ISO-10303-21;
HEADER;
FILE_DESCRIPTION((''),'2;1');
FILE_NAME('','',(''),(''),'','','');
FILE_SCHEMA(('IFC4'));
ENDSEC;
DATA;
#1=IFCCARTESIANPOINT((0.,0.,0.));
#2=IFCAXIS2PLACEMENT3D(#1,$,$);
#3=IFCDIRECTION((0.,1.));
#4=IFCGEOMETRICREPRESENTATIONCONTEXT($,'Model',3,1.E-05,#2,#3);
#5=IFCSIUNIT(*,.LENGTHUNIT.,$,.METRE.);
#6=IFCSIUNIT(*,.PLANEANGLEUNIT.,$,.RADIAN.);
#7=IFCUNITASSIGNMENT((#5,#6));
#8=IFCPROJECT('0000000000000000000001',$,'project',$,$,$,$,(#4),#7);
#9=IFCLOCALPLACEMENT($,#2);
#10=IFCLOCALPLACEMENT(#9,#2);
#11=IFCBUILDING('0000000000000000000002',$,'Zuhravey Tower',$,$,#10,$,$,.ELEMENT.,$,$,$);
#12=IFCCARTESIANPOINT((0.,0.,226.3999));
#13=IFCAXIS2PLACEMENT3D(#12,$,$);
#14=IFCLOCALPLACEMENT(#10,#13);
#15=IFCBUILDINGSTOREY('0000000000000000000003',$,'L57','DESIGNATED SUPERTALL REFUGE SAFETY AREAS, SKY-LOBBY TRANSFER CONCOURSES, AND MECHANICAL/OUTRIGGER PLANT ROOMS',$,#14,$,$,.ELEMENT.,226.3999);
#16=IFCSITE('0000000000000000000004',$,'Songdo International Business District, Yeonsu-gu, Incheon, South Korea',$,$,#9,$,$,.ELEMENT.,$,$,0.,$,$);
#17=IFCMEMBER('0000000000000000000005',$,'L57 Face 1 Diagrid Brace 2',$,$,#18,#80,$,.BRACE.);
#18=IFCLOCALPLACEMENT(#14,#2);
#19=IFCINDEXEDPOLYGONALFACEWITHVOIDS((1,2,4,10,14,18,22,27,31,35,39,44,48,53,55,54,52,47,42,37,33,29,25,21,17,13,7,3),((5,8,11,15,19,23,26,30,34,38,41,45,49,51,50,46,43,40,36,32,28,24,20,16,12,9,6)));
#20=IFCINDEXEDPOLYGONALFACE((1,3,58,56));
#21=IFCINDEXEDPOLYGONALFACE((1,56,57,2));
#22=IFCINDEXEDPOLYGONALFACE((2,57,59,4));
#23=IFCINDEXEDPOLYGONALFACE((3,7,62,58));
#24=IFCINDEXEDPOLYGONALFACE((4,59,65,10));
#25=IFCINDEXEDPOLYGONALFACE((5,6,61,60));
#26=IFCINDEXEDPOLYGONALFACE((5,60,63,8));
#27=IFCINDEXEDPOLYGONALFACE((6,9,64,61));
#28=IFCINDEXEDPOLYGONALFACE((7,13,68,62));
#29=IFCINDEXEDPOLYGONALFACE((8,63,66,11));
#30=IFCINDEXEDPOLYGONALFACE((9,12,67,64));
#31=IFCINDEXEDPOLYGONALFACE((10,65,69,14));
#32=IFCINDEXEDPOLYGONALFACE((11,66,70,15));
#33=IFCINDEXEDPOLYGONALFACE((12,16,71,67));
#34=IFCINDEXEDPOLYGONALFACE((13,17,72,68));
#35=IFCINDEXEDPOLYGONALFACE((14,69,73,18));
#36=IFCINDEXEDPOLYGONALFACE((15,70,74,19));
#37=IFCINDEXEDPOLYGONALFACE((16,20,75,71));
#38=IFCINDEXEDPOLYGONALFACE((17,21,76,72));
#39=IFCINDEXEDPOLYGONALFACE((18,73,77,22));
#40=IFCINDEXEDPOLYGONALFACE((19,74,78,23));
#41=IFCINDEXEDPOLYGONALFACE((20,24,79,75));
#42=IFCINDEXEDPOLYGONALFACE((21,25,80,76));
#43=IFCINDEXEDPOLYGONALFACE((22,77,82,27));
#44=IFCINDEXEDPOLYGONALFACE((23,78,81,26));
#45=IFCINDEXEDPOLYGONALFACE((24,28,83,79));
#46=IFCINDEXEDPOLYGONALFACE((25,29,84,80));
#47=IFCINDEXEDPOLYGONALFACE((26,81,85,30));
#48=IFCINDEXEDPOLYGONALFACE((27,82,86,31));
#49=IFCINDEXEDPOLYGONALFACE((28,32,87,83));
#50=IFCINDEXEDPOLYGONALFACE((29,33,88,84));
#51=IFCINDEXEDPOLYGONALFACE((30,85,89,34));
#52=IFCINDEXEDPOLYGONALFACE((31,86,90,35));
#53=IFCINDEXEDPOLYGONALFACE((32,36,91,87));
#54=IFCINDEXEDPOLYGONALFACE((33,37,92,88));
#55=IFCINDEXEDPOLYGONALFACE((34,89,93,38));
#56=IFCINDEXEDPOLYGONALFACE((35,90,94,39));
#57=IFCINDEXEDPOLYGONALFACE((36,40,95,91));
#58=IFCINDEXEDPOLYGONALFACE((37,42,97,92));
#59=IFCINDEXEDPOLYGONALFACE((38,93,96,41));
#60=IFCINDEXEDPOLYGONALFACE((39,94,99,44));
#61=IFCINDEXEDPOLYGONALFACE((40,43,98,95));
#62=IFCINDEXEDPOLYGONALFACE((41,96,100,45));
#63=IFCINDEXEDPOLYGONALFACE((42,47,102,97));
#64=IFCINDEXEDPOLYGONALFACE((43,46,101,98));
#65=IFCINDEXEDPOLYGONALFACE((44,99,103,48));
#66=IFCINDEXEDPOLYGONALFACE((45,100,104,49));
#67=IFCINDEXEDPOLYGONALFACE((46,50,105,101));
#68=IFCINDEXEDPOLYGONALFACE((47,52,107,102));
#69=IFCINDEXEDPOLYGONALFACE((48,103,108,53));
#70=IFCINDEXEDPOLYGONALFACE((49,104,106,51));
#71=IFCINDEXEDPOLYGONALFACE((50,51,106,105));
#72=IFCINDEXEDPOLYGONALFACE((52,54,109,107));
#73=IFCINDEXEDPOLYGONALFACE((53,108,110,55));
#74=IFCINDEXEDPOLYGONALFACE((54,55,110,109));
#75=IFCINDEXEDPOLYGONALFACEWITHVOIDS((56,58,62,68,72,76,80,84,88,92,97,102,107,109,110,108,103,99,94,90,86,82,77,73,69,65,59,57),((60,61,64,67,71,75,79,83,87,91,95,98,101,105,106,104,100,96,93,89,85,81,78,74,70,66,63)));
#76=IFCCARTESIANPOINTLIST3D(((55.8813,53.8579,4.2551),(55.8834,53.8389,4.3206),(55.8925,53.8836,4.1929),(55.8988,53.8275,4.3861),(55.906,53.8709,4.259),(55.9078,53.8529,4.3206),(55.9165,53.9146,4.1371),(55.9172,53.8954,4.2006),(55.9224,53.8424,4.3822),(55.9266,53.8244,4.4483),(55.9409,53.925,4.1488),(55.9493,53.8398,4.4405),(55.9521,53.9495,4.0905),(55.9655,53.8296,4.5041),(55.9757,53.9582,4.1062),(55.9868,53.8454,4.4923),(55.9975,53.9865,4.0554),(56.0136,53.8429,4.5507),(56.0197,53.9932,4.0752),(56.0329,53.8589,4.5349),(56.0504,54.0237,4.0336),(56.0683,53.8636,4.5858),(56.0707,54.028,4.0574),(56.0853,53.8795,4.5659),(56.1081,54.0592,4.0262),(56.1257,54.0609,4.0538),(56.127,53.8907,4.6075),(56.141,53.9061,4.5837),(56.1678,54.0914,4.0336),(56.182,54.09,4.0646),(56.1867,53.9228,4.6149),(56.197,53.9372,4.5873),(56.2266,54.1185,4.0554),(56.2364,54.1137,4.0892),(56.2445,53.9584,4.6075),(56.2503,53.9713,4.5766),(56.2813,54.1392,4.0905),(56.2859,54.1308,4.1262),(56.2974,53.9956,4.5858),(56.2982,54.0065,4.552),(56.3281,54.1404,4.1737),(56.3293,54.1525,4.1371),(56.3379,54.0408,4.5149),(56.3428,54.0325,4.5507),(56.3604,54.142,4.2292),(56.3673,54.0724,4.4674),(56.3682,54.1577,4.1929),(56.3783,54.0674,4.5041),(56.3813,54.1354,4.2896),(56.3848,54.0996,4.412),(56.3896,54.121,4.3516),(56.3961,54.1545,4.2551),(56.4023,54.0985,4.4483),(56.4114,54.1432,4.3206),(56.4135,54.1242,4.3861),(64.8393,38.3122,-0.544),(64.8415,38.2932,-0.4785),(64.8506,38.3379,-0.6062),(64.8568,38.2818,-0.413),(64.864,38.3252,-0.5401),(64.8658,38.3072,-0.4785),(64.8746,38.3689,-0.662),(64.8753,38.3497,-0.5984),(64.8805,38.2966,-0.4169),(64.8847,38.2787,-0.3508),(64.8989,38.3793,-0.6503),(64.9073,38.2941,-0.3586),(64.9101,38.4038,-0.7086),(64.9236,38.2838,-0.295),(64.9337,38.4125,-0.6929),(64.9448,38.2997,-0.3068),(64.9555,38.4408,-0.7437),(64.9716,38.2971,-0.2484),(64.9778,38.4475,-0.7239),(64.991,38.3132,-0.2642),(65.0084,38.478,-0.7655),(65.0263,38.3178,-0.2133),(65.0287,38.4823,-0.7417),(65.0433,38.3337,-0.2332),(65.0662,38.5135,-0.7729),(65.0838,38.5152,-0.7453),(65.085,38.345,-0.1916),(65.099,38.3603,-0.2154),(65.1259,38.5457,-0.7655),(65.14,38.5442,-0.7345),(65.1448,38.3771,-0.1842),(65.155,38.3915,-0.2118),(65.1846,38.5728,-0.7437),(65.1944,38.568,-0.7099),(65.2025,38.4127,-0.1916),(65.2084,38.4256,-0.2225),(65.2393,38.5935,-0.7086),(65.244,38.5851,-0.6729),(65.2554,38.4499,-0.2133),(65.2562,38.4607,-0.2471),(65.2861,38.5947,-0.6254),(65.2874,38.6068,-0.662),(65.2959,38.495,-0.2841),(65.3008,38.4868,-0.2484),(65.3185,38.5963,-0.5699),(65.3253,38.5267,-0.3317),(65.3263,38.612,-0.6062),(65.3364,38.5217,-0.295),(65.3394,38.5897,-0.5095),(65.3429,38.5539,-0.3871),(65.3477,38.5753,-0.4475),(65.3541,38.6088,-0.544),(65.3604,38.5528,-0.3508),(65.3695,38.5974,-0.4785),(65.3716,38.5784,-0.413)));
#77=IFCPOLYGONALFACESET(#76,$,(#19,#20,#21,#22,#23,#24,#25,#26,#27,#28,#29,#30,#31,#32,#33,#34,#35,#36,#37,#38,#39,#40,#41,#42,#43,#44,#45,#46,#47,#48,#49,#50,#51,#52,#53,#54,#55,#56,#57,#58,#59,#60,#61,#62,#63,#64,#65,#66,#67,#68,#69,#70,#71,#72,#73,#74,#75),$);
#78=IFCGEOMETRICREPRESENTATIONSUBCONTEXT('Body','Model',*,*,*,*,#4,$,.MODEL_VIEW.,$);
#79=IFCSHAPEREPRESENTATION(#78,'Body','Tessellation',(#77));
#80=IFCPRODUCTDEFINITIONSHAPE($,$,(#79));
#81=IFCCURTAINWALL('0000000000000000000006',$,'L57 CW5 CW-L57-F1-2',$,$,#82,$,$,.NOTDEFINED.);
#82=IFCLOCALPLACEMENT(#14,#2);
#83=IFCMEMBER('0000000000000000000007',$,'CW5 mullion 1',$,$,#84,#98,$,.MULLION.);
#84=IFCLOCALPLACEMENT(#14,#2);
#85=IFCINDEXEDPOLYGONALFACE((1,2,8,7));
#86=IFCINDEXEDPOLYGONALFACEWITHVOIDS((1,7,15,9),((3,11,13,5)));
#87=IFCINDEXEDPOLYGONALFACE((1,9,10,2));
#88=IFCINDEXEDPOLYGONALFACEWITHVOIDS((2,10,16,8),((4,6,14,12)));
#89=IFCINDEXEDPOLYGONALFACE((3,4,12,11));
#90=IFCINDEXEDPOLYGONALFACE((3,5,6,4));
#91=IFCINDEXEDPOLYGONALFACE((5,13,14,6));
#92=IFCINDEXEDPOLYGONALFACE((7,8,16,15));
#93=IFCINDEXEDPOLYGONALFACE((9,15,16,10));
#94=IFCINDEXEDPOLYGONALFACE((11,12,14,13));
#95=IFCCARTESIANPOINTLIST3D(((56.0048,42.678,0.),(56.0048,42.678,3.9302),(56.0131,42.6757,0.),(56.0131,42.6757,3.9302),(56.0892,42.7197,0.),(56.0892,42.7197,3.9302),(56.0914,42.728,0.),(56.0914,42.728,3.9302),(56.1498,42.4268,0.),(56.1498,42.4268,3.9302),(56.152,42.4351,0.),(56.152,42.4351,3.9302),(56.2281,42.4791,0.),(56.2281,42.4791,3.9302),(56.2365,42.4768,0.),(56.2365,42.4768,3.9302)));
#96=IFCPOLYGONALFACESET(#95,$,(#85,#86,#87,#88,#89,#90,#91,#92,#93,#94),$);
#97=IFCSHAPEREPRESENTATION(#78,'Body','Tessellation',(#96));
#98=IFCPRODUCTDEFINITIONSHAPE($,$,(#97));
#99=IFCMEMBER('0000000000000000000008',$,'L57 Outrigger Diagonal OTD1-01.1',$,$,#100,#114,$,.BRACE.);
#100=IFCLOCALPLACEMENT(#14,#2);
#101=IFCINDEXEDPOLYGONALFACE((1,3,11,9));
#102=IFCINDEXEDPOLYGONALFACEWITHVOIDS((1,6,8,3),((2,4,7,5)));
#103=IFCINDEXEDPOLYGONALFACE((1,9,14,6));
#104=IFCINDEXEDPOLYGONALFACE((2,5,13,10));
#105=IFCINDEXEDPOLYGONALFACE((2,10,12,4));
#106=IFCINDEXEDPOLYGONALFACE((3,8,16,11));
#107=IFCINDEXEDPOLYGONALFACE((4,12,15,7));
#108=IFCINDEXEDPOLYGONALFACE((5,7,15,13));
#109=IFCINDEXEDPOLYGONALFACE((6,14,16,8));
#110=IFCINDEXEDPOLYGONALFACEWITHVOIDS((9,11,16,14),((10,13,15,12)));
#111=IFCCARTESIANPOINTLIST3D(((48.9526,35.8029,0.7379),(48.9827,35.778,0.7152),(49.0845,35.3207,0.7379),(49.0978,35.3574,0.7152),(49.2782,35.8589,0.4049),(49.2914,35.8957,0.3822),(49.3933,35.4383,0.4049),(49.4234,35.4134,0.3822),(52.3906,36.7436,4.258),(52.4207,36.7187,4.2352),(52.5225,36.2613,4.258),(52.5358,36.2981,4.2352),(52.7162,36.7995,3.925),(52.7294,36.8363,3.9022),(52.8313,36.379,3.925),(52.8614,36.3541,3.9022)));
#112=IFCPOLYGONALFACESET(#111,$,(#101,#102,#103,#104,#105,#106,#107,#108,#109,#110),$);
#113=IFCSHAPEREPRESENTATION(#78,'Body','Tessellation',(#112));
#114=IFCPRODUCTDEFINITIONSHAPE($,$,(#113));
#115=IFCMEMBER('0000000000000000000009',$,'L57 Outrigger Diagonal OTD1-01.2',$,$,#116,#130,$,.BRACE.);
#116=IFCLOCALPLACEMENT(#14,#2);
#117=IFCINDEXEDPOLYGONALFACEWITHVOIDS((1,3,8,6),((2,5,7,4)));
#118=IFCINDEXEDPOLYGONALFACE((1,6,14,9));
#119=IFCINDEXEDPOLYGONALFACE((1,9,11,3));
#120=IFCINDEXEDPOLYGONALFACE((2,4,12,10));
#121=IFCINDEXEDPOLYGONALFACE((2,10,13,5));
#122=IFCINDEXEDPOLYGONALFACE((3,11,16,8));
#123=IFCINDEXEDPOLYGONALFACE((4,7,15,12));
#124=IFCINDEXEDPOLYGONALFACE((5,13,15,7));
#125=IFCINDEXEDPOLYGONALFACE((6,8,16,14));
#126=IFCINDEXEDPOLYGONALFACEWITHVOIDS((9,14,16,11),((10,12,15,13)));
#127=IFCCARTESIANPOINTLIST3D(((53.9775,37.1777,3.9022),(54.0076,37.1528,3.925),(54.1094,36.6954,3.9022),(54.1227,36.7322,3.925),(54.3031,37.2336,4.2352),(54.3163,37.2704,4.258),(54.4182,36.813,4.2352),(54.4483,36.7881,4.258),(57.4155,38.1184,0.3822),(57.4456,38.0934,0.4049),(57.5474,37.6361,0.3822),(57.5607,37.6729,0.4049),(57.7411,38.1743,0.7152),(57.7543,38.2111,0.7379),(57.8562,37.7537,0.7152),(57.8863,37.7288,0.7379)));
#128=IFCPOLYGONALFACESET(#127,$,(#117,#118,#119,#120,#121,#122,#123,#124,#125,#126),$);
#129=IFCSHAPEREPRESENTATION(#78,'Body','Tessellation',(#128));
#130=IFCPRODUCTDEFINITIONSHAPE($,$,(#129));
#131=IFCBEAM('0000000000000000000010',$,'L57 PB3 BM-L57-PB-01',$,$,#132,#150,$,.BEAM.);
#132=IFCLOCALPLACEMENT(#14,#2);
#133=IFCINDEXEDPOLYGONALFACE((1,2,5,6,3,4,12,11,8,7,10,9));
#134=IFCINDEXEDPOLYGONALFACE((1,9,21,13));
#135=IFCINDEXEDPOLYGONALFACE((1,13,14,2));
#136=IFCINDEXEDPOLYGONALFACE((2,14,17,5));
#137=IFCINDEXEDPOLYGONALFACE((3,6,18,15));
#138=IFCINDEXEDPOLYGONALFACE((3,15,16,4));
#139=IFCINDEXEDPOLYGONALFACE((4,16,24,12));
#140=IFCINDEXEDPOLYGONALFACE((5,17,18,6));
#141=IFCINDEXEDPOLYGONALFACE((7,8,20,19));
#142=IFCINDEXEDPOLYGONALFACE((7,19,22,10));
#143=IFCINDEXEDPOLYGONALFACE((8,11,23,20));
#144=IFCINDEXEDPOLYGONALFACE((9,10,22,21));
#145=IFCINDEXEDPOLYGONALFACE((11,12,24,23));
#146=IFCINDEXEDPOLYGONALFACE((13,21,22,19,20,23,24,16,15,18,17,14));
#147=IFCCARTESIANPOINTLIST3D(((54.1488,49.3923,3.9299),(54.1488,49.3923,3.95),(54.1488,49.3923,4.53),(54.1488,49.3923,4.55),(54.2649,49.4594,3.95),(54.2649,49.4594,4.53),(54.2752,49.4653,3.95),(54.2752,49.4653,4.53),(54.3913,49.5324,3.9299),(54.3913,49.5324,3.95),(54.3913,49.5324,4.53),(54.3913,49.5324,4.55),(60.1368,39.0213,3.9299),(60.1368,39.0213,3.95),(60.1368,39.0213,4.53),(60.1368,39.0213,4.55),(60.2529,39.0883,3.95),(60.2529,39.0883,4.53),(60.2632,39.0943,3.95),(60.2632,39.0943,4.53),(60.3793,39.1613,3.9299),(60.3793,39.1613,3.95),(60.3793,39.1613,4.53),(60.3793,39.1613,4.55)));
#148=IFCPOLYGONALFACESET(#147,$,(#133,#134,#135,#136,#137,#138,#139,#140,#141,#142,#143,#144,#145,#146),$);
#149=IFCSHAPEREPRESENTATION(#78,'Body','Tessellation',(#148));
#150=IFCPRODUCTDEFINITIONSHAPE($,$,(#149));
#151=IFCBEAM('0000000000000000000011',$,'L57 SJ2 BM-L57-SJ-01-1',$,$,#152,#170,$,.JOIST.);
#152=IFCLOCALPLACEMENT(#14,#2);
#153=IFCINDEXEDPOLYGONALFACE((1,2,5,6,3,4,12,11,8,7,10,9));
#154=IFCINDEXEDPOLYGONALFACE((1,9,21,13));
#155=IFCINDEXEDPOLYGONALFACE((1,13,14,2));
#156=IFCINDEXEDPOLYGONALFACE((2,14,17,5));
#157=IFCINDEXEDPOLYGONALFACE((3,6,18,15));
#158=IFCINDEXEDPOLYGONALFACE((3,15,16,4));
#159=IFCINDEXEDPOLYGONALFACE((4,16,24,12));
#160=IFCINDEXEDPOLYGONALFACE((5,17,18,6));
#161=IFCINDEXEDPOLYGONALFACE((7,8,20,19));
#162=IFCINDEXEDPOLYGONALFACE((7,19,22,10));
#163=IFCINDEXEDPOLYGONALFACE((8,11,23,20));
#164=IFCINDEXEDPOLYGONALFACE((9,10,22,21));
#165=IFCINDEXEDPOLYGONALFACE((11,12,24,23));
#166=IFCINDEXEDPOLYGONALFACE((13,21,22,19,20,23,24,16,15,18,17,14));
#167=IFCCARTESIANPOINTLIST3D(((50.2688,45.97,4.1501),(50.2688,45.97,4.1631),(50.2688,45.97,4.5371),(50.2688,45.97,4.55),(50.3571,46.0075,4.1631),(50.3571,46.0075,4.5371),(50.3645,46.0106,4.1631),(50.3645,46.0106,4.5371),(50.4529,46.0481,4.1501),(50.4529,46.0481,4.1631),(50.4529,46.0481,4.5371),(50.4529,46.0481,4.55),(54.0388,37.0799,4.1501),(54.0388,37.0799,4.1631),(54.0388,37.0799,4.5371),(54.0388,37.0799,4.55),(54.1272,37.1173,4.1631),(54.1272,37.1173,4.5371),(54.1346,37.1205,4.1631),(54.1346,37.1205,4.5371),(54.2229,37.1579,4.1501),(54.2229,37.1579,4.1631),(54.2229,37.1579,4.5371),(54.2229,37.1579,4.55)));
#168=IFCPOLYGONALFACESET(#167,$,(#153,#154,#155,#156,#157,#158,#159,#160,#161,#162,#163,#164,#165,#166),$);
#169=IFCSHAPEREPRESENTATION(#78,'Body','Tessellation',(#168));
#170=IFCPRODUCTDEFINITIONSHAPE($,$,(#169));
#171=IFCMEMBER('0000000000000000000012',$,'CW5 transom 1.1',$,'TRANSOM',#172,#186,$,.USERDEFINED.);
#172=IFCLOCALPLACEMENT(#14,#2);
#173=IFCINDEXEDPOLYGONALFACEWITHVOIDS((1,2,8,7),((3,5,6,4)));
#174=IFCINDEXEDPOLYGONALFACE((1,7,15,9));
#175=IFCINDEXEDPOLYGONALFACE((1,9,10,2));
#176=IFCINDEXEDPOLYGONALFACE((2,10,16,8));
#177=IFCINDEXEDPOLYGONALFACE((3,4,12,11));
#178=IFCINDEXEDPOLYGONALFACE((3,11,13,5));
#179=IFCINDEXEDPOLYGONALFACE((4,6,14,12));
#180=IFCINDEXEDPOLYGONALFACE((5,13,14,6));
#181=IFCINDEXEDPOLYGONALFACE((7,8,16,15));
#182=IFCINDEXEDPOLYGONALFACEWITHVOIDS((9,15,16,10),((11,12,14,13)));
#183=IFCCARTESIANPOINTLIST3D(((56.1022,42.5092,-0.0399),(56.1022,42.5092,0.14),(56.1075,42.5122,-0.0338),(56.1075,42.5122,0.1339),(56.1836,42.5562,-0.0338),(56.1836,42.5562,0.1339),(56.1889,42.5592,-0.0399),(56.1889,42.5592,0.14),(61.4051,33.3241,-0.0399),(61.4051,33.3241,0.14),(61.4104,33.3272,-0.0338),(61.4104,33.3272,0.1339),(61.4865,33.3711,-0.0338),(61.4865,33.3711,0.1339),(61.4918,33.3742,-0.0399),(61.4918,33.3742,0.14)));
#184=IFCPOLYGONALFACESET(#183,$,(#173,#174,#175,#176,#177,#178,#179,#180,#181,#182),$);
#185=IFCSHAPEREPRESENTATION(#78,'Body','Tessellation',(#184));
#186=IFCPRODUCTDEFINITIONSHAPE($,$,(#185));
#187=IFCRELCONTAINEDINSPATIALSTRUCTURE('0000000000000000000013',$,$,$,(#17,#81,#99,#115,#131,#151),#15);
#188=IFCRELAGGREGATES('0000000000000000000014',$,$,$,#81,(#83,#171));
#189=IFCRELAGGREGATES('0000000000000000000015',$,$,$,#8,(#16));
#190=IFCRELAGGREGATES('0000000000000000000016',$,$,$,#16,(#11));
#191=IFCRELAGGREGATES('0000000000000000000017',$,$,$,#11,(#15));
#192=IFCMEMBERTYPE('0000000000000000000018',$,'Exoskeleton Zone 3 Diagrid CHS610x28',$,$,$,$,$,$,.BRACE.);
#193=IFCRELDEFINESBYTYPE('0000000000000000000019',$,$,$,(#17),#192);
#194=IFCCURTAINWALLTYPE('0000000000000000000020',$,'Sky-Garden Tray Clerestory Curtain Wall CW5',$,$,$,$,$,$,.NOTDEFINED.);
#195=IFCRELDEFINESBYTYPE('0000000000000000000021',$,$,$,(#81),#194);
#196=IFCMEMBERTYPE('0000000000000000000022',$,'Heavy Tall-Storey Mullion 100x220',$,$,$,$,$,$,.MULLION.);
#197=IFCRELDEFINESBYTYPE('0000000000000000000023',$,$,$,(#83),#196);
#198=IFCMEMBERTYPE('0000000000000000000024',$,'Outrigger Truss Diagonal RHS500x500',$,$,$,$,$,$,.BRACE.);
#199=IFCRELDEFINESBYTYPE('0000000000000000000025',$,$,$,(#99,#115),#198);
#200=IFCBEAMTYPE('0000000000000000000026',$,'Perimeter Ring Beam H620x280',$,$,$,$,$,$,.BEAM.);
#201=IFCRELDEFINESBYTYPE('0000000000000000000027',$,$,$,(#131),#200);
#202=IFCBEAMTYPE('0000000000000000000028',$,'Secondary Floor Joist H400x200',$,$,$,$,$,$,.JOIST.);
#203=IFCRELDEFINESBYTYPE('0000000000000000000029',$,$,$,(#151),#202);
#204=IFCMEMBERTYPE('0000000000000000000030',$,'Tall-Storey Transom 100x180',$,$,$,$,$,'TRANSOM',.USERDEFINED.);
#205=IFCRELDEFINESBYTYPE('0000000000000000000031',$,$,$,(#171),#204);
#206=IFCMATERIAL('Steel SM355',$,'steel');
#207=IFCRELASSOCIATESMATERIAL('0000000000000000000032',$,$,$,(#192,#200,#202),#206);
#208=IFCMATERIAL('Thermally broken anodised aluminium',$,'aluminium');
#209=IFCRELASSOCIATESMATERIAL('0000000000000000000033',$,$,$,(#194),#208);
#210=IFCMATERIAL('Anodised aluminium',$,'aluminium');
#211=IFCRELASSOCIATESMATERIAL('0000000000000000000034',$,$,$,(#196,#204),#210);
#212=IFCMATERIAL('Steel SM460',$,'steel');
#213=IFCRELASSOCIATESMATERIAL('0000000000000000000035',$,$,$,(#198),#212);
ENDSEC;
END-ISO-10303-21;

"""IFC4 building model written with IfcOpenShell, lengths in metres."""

from ifc_helpers import new_model, si_unit, direction, frame, origin, origin_2d, place, context, subcontext, project, spatial, hollow_rectangle, hollow_circle, i_section, extrude, material, material_profile, profile_set, type_object, element, aggregate, save


model = new_model("IFC4")

# Units and contexts
model_context = context("Model", 3, precision=1e-05, world=origin(), true_north=direction((0.0, 1.0)))
body_context = subcontext(model_context, "Body", "Model", "MODEL_VIEW")
ifc_project = project(units=[si_unit("LENGTHUNIT", "METRE"), si_unit("PLANEANGLEUNIT", "RADIAN")], contexts=[model_context])

# Site, building, storey
site_placement = place(None, origin())
site = spatial("IfcSite", under=ifc_project, at=site_placement, Name="Songdo International Business District, Yeonsu-gu, Incheon, South Korea", CompositionType="ELEMENT", RefElevation=0.0)
building_placement = place(site_placement, origin())
building = spatial("IfcBuilding", under=site, at=building_placement, Name="Zuhravey Tower", CompositionType="ELEMENT")
storey_placement = place(building_placement, frame((0.0, 0.0, 226.3999)))
storey = spatial("IfcBuildingStorey", under=building, at=storey_placement, Name="L57", Description="DESIGNATED SUPERTALL REFUGE SAFETY AREAS, SKY-LOBBY TRANSFER CONCOURSES, AND MECHANICAL/OUTRIGGER PLANT ROOMS", CompositionType="ELEMENT", Elevation=226.3999)

# Shared definitions
ifc_material_1 = material(Name="Steel SM355", Category="steel")

# Shared definitions
ifc_material_2 = material(Name="Steel SM460", Category="steel")

# Member
ifc_material_profile_1 = material_profile(ifc_material_1, hollow_circle(Radius=0.3047, WallThickness=0.0281, at=origin_2d()), Name="CHS-609.6x28")
ifc_profile_set_1 = profile_set([ifc_material_profile_1], Name="Steel SM355")
member_type_1 = type_object("IfcMemberType", Name="Exoskeleton Zone 3 Diagrid CHS610x28", PredefinedType="BRACE", material=ifc_profile_set_1)
member_1_placement = place(storey_placement, frame((65.1055, 38.4453, -0.4785), z_axis=(-0.482322, 0.837017, 0.258394), x_axis=(-0.866442, -0.499278, 0.0)))
element("IfcMember", 1, at=member_1_placement, inside=storey, type_object=member_type_1, Name="L57 Face 1 Diagrid Brace 2", PredefinedType="BRACE", context=body_context, shape_type="SweptSolid", body=[
    extrude(hollow_circle(Radius=0.3047, WallThickness=0.0281, at=origin_2d()), origin(), (0.0, 0.0, 1.0), 18.5728),
])

# Curtain wall, member
ifc_material_3 = material(Name="Thermally broken anodised aluminium", Category="aluminium")
curtain_wall_type = type_object("IfcCurtainWallType", Name="Sky-Garden Tray Clerestory Curtain Wall CW5", PredefinedType="NOTDEFINED", material=ifc_material_3)
curtain_wall_placement = place(storey_placement, origin())
curtain_wall = element("IfcCurtainWall", 2, at=curtain_wall_placement, inside=storey, type_object=curtain_wall_type, Name="L57 CW5 CW-L57-F1-2", PredefinedType="NOTDEFINED")
ifc_material_4 = material(Name="Anodised aluminium", Category="aluminium")
ifc_material_profile_2 = material_profile(ifc_material_4, hollow_rectangle(XDim=0.1001, YDim=0.29, WallThickness=0.0061, at=origin_2d()), Name="ALU-RHS-100x290x6")
ifc_profile_set_2 = profile_set([ifc_material_profile_2], Name="Anodised aluminium")
member_type_2 = type_object("IfcMemberType", Name="Heavy Tall-Storey Mullion 100x220", PredefinedType="MULLION", material=ifc_profile_set_2)
member_2_placement = place(storey_placement, frame((56.1206, 42.5774, 0.0), z_axis=(0.0, 0.0, 1.0), x_axis=(0.866028, 0.499996, 0.0)))
member_2 = element("IfcMember", 3, at=member_2_placement, type_object=member_type_2, Name="CW5 mullion 1", PredefinedType="MULLION", context=body_context, shape_type="SweptSolid", body=[
    extrude(hollow_rectangle(XDim=0.1001, YDim=0.29, WallThickness=0.0061, at=origin_2d()), origin(), (0.0, 0.0, 1.0), 3.9302),
])

# Members
ifc_material_profile_3 = material_profile(ifc_material_2, hollow_rectangle(XDim=0.5, YDim=0.5, WallThickness=0.032, at=origin_2d()), Name="RHS-500x500x32")
ifc_profile_set_3 = profile_set([ifc_material_profile_3], Name="Steel SM460")
member_type_3 = type_object("IfcMemberType", Name="Outrigger Truss Diagonal RHS500x500", PredefinedType="BRACE", material=ifc_profile_set_3)
for number, where, z_axis, x_axis, name in (
    (4, (49.188, 35.6082, 0.5601), (0.686293, 0.187778, 0.702668), (-0.263911, 0.964547, 0.0), "L57 Outrigger Diagonal OTD1-01.1"),
    (5, (57.6509, 37.9236, 0.5601), (-0.686293, -0.187778, 0.702668), (0.263911, -0.964547, 0.0), "L57 Outrigger Diagonal OTD1-01.2"),
):
    element("IfcMember", number, at=place(storey_placement, frame(where, z_axis=z_axis, x_axis=x_axis)), inside=storey, type_object=member_type_3, Name=name, PredefinedType="BRACE", context=body_context, shape_type="SweptSolid", body=[
        extrude(hollow_rectangle(XDim=0.5, YDim=0.5, WallThickness=0.032, at=origin_2d()), origin(), (0.0, 0.0, 1.0), 5.0095),
    ])

# Beams
ifc_material_profile_4 = material_profile(ifc_material_1, i_section(OverallWidth=0.28, OverallDepth=0.6201, WebThickness=0.012, FlangeThickness=0.02, at=origin_2d()), Name="H-620x280x12x20")
ifc_profile_set_4 = profile_set([ifc_material_profile_4], Name="Steel SM355")
beam_type_1 = type_object("IfcBeamType", Name="Perimeter Ring Beam H620x280", PredefinedType="BEAM", material=ifc_profile_set_4)
beam_1_placement = place(storey_placement, frame((60.2581, 39.0913, 4.24), z_axis=(-0.500018, 0.866015, 0.0), x_axis=(-0.866015, -0.500018, 0.0)))
element("IfcBeam", 6, at=beam_1_placement, inside=storey, type_object=beam_type_1, Name="L57 PB3 BM-L57-PB-01", PredefinedType="BEAM", context=body_context, shape_type="SweptSolid", body=[
    extrude(i_section(OverallWidth=0.28, OverallDepth=0.6201, WebThickness=0.012, FlangeThickness=0.02, at=origin_2d()), origin(), (0.0, 0.0, 1.0), 11.9756),
])
ifc_material_profile_5 = material_profile(ifc_material_1, i_section(OverallWidth=0.2, OverallDepth=0.3999, WebThickness=0.0081, FlangeThickness=0.0129, at=origin_2d()), Name="H-400x200x8x13")
ifc_profile_set_5 = profile_set([ifc_material_profile_5], Name="Steel SM355")
beam_type_2 = type_object("IfcBeamType", Name="Secondary Floor Joist H400x200", PredefinedType="JOIST", material=ifc_profile_set_5)
beam_2_placement = place(storey_placement, frame((54.1309, 37.1189, 4.3501), z_axis=(-0.390413, 0.92064, 0.0), x_axis=(-0.92064, -0.390413, 0.0)))
element("IfcBeam", 7, at=beam_2_placement, inside=storey, type_object=beam_type_2, Name="L57 SJ2 BM-L57-SJ-01-1", PredefinedType="JOIST", context=body_context, shape_type="SweptSolid", body=[
    extrude(i_section(OverallWidth=0.2, OverallDepth=0.3999, WebThickness=0.0081, FlangeThickness=0.0129, at=origin_2d()), origin(), (0.0, 0.0, 1.0), 9.6565),
])

# Member
ifc_material_profile_6 = material_profile(ifc_material_4, hollow_rectangle(XDim=0.1001, YDim=0.1799, WallThickness=0.0061, at=origin_2d()), Name="ALU-RHS-100x180x6")
ifc_profile_set_6 = profile_set([ifc_material_profile_6], Name="Anodised aluminium")
member_type_4 = type_object("IfcMemberType", Name="Tall-Storey Transom 100x180", ElementType="TRANSOM", PredefinedType="USERDEFINED", material=ifc_profile_set_6)
member_3_placement = place(storey_placement, frame((56.1455, 42.5342, 0.05), z_axis=(0.499999, -0.866026, 0.0), x_axis=(0.866026, 0.499999, 0.0)))
member_3 = element("IfcMember", 8, at=member_3_placement, type_object=member_type_4, Name="CW5 transom 1.1", ObjectType="TRANSOM", PredefinedType="USERDEFINED", context=body_context, shape_type="SweptSolid", body=[
    extrude(hollow_rectangle(XDim=0.1001, YDim=0.1799, WallThickness=0.0061, at=origin_2d()), origin(), (0.0, 0.0, 1.0), 10.606),
])

aggregate(curtain_wall, [member_2, member_3])

save(model, "model.ifc")
